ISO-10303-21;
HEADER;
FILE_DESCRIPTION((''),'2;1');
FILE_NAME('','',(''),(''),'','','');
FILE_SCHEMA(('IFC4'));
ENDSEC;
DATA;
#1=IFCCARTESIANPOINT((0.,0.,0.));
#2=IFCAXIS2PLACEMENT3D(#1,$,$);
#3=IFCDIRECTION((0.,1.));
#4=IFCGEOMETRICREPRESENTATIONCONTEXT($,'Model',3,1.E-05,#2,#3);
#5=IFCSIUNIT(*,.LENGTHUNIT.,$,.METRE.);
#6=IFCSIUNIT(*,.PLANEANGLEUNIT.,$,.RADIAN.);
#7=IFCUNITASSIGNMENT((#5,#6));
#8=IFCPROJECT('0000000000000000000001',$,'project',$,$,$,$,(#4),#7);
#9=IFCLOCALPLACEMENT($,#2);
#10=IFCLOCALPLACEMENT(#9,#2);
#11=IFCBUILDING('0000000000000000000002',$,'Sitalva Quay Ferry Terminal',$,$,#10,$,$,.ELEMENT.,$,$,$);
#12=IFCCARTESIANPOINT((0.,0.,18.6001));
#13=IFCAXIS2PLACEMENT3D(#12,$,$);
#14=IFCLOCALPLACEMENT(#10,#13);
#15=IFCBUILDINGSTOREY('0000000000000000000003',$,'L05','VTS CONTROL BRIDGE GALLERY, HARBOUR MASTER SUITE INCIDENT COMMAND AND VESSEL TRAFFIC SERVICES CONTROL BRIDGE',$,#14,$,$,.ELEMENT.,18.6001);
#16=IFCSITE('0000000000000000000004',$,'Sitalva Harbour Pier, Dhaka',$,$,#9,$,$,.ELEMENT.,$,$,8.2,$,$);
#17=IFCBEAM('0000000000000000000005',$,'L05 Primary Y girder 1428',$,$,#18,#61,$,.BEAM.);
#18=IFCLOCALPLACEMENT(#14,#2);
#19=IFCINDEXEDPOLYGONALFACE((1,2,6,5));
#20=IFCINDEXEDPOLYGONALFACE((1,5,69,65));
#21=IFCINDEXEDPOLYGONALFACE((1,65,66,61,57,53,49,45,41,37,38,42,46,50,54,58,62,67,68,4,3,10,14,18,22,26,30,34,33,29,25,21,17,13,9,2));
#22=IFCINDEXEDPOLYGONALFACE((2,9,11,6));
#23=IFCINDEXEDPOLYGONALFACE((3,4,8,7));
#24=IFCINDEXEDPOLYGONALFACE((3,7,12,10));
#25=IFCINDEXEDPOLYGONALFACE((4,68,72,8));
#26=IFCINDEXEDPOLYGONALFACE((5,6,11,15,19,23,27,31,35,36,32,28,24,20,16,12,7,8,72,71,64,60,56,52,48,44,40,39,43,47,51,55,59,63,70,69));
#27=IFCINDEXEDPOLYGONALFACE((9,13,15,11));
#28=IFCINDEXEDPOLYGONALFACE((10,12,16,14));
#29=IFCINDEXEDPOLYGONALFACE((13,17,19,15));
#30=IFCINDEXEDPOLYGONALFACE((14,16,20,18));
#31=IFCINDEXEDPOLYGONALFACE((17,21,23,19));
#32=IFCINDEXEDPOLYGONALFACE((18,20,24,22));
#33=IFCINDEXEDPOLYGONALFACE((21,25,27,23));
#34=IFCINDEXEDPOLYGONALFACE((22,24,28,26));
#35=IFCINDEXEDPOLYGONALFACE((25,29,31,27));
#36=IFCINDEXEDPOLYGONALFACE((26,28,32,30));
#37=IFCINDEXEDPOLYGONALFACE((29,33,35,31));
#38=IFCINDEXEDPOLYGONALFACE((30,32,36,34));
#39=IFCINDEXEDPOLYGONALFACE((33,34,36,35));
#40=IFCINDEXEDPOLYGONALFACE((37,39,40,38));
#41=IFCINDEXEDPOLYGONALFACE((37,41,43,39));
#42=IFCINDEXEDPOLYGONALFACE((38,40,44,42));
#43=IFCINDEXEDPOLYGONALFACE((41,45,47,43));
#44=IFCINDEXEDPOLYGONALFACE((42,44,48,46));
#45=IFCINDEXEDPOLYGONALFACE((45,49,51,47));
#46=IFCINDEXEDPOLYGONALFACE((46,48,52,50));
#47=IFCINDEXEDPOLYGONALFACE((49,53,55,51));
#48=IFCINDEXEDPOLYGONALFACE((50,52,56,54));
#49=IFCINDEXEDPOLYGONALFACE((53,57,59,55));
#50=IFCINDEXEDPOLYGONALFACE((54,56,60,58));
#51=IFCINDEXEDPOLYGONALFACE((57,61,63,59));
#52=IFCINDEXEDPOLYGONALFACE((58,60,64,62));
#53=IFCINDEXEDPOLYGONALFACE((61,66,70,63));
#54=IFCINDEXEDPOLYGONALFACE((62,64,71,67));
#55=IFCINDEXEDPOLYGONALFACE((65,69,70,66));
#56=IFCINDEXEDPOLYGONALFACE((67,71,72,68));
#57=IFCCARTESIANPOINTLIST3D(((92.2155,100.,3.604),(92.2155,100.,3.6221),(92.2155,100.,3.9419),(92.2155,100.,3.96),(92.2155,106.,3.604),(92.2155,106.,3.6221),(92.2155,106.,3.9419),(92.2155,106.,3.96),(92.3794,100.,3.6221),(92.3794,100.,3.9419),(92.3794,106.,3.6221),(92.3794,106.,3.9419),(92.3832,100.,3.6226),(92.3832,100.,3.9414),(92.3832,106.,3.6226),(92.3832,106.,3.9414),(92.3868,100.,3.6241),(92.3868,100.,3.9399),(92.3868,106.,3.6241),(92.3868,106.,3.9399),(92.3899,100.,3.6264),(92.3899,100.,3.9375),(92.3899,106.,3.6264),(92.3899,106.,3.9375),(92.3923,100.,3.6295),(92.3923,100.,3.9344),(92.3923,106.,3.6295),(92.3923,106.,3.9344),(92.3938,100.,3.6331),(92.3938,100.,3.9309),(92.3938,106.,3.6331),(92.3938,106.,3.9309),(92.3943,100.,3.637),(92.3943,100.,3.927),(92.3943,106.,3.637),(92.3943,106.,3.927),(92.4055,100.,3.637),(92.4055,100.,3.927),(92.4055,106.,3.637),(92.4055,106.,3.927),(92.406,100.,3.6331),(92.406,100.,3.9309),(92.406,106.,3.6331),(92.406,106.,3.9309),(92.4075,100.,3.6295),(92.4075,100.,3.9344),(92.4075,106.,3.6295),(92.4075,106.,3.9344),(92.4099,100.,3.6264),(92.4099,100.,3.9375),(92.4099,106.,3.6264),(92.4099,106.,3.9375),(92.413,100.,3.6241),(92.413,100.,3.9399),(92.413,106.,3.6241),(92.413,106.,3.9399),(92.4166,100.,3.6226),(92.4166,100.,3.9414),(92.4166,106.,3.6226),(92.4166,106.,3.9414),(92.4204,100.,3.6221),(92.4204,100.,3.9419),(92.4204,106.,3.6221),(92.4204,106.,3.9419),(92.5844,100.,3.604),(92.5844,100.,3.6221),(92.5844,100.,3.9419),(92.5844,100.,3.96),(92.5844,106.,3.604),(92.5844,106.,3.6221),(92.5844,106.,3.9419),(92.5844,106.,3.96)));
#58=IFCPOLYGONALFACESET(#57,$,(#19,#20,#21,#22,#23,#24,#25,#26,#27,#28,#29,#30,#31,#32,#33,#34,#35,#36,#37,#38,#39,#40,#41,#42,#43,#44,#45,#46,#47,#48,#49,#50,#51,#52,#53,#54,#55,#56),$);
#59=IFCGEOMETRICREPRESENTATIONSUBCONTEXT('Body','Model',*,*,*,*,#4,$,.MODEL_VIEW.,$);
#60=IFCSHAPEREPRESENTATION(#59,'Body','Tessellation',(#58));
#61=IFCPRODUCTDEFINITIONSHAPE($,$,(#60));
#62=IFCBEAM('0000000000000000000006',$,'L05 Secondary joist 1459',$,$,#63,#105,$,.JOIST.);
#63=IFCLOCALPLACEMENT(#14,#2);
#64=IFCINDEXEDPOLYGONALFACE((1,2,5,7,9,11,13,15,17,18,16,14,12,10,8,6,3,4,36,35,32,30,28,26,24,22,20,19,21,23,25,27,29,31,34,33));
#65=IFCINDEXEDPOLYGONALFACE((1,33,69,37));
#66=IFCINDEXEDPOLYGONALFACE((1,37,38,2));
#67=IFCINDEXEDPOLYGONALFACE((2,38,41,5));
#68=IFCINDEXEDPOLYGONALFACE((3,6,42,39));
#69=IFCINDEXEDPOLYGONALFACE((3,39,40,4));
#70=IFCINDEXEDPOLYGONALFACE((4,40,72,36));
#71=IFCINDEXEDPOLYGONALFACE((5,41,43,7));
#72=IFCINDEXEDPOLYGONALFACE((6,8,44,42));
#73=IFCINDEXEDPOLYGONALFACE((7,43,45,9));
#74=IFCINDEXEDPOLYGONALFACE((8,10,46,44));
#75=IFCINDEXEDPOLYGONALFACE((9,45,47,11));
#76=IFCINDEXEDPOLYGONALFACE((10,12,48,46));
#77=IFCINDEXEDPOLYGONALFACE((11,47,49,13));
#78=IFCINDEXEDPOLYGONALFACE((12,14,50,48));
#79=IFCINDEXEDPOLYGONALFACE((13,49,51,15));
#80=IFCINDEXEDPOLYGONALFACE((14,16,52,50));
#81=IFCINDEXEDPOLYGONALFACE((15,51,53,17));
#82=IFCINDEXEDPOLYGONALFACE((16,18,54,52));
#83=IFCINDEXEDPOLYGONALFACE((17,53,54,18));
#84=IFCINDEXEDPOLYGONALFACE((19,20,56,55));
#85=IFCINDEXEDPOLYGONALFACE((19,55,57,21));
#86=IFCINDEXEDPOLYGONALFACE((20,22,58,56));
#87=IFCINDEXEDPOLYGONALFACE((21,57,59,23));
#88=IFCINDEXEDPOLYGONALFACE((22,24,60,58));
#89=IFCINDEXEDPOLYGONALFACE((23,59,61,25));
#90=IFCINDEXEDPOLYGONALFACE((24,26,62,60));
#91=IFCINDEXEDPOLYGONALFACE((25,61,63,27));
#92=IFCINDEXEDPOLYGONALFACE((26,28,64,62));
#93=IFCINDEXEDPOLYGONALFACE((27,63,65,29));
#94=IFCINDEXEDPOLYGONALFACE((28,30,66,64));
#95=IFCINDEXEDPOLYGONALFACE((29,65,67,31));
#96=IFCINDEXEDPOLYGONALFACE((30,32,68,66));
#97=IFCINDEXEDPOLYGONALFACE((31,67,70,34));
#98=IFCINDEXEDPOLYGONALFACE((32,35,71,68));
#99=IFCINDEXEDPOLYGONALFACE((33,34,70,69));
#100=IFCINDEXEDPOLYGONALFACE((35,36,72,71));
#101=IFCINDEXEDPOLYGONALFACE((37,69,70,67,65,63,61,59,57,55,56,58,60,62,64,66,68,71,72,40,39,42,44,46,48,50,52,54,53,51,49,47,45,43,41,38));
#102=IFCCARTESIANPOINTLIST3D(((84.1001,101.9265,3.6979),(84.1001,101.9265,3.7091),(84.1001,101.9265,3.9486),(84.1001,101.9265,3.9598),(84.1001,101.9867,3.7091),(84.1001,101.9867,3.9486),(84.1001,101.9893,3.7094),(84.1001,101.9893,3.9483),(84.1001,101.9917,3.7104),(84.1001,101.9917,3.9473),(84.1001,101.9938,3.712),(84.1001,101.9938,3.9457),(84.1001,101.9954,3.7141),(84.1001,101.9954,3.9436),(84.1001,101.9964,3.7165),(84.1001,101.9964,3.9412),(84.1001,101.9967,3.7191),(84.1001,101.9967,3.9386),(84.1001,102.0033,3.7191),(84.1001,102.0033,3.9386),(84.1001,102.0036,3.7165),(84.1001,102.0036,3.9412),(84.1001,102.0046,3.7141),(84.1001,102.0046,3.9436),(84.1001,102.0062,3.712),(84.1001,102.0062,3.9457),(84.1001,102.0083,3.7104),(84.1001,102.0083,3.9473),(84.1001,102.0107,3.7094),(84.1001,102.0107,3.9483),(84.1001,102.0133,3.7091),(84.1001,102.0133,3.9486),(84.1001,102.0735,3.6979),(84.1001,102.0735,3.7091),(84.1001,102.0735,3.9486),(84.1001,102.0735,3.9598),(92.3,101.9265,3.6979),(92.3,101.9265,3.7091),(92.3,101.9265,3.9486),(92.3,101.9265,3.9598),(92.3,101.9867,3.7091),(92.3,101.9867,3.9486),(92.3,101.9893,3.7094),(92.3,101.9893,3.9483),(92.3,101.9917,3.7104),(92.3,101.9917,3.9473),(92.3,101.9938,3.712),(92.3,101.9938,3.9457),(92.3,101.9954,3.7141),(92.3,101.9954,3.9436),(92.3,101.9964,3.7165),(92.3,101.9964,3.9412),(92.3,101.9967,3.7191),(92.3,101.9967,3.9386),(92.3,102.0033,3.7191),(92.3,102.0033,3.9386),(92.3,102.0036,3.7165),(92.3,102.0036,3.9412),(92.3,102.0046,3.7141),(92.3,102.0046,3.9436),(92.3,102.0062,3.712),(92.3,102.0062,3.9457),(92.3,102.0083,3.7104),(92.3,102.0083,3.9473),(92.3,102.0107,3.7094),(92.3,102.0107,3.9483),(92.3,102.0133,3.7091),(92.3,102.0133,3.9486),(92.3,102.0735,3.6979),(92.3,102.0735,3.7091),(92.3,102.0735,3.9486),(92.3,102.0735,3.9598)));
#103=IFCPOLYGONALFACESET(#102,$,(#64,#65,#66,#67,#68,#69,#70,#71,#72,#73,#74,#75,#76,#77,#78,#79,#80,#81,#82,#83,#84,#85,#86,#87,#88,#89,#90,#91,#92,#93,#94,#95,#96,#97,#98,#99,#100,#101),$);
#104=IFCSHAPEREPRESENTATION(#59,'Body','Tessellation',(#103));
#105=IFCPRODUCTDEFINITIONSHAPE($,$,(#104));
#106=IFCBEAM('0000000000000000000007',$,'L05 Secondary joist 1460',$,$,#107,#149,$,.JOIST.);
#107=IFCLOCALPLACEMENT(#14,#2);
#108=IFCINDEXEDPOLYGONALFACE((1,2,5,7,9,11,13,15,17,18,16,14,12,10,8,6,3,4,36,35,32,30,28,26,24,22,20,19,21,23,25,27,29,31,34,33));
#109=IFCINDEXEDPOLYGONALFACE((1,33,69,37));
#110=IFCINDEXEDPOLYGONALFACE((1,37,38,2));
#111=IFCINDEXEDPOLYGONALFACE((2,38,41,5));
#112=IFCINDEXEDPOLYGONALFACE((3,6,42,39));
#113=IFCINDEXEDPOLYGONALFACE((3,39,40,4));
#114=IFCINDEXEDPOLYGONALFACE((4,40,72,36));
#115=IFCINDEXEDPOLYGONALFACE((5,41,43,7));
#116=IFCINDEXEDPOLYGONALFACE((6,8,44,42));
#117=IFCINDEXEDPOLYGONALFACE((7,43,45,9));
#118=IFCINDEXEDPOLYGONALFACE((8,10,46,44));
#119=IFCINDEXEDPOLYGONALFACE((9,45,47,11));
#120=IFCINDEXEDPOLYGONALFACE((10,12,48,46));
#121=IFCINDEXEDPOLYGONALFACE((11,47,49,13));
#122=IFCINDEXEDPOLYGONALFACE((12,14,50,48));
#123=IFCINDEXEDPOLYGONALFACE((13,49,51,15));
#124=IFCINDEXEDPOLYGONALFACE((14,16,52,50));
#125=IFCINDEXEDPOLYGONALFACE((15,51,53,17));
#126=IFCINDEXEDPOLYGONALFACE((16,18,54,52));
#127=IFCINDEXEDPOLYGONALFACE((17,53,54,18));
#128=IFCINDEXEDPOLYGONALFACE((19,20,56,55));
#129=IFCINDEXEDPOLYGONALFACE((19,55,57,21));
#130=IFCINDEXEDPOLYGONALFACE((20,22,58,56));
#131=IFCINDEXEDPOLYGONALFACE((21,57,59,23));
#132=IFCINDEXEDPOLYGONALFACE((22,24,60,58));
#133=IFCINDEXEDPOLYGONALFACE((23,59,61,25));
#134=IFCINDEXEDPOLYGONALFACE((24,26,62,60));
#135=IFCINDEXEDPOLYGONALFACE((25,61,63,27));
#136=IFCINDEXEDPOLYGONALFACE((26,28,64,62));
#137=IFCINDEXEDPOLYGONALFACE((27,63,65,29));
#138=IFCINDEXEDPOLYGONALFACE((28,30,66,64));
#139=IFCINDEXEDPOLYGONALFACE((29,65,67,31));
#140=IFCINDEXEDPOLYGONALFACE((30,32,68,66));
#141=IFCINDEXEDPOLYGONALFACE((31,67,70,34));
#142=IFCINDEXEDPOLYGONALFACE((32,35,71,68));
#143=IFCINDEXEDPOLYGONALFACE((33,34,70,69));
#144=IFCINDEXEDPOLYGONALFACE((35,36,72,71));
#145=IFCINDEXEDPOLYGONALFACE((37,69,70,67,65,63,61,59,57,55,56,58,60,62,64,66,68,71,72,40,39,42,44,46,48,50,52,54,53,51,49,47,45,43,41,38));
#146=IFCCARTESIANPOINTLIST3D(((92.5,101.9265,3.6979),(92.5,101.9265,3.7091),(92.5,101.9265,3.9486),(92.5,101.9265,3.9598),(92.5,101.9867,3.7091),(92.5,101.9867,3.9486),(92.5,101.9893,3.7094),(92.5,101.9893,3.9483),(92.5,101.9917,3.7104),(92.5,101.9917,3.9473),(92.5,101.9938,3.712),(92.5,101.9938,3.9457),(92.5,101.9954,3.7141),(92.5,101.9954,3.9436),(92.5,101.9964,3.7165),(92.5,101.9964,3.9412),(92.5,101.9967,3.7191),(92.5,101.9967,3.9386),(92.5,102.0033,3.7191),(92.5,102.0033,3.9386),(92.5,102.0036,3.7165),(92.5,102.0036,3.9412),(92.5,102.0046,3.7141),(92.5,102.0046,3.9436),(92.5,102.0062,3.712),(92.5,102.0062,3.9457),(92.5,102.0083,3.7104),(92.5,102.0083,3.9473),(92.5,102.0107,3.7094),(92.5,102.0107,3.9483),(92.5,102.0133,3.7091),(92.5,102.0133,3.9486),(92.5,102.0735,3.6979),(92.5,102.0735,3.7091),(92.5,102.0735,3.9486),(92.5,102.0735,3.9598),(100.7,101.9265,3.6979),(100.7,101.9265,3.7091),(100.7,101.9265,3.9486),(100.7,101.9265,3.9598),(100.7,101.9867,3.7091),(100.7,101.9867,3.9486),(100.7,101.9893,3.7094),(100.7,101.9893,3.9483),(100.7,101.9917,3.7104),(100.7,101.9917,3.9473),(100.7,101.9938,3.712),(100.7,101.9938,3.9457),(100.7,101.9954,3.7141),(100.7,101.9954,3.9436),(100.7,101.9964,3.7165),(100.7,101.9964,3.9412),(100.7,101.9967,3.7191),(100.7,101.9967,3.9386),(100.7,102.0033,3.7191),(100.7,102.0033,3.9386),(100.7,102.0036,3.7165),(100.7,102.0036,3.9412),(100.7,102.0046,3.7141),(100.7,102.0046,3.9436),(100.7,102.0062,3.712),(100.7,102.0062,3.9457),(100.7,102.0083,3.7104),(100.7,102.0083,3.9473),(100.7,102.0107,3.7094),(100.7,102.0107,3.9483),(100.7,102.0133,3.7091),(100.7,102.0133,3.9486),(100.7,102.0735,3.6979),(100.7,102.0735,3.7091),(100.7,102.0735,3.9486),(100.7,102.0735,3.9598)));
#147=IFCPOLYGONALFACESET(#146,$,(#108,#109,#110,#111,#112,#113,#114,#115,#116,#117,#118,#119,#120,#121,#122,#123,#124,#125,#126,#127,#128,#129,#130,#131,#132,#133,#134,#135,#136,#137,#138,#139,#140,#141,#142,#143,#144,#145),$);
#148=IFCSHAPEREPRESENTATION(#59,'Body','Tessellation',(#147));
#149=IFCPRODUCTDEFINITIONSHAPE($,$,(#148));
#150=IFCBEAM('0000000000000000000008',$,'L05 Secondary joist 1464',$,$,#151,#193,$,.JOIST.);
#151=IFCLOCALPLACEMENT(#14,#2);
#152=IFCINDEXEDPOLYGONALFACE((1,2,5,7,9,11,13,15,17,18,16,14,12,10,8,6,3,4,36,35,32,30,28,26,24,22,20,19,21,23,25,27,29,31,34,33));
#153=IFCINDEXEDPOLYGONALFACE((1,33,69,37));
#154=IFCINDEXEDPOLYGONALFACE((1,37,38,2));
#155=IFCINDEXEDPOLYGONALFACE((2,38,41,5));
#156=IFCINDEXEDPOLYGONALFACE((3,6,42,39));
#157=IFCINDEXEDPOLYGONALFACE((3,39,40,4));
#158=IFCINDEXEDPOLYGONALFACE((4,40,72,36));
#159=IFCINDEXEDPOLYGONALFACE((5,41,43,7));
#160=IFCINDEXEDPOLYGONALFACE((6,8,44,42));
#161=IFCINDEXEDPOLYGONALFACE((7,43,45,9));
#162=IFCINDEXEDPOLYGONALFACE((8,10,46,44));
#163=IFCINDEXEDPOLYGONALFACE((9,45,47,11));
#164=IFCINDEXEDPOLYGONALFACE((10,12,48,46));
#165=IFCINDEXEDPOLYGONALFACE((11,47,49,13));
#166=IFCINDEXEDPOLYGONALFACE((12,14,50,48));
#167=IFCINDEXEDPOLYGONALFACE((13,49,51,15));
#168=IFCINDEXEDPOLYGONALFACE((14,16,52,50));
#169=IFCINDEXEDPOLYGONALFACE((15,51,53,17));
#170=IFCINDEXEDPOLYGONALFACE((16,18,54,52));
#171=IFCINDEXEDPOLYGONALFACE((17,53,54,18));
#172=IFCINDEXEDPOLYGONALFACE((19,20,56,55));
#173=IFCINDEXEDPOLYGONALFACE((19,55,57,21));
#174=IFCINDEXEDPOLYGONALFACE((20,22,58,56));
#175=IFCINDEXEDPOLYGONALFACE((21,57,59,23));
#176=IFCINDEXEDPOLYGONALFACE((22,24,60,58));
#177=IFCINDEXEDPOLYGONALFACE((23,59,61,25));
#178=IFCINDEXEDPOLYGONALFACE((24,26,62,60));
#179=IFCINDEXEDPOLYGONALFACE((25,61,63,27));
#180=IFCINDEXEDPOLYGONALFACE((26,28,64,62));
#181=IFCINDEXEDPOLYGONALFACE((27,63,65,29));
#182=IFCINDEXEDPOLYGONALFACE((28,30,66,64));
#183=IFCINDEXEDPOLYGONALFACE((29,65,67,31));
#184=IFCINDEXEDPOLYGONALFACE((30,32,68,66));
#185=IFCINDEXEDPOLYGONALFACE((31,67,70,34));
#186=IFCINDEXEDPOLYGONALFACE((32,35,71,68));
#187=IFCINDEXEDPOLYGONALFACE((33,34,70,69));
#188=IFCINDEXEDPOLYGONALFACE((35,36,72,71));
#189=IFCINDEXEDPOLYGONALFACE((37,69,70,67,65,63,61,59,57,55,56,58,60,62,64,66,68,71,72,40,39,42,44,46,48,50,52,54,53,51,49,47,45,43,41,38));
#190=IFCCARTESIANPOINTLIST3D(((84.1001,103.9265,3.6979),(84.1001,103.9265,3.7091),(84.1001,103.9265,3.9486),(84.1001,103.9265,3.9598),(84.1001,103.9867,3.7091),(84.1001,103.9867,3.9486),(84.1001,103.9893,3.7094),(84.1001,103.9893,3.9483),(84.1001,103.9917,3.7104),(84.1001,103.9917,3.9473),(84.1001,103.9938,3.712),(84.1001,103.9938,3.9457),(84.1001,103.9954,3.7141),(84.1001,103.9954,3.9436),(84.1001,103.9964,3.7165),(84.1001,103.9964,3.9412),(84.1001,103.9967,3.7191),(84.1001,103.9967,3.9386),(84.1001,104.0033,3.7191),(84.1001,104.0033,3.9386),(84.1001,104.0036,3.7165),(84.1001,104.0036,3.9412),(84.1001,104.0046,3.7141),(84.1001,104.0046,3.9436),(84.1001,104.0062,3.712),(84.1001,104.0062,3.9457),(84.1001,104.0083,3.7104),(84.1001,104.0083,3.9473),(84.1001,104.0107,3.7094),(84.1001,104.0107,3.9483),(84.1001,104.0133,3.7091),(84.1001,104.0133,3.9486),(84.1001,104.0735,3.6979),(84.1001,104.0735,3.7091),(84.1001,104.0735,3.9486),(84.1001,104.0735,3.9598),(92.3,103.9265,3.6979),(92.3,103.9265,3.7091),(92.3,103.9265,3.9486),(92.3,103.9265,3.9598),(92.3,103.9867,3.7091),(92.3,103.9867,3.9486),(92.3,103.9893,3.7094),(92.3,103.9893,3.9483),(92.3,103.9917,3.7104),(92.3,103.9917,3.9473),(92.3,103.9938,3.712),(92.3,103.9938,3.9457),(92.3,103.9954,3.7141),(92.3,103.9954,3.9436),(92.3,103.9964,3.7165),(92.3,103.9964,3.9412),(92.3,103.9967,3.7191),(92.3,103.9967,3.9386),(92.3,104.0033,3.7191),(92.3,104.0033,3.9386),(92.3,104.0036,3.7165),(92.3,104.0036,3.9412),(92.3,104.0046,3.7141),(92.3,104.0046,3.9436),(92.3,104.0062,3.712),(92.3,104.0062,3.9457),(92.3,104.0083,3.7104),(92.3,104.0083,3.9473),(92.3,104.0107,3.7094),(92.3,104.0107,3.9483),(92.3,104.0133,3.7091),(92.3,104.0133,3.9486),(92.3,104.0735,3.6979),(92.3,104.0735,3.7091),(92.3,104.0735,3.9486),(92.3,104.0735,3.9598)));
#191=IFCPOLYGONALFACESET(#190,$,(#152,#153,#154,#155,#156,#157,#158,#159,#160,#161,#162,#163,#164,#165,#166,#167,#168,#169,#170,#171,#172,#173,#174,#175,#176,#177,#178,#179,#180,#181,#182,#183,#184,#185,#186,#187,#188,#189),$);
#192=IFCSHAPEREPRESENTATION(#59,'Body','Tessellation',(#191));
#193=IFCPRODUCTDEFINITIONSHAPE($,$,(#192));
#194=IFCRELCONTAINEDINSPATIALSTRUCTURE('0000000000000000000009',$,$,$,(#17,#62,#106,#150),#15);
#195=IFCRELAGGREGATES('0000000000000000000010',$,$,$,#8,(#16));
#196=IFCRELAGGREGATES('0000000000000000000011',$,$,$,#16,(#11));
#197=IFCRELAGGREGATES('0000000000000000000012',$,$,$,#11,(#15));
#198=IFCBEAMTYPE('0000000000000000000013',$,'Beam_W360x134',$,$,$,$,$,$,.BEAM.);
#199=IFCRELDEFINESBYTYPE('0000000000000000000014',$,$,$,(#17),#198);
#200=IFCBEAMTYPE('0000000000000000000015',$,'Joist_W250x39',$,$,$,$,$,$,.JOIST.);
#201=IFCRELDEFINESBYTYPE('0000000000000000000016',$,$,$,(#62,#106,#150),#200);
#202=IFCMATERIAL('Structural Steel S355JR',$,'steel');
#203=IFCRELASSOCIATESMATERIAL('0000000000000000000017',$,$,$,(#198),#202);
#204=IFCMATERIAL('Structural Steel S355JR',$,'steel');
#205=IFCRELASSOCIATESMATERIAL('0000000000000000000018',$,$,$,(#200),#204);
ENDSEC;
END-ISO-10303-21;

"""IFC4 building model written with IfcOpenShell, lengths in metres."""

from ifc_helpers import new_model, si_unit, direction, frame, origin, origin_2d, place, context, subcontext, project, spatial, i_section, extrude, material, material_profile, profile_set, type_object, element, save


model = new_model("IFC4")

# Units and contexts
model_context = context("Model", 3, precision=1e-05, world=origin(), true_north=direction((0.0, 1.0)))
body_context = subcontext(model_context, "Body", "Model", "MODEL_VIEW")
ifc_project = project(units=[si_unit("LENGTHUNIT", "METRE"), si_unit("PLANEANGLEUNIT", "RADIAN")], contexts=[model_context])

# Site, building, storey
site_placement = place(None, origin())
site = spatial("IfcSite", under=ifc_project, at=site_placement, Name="Sitalva Harbour Pier, Dhaka", CompositionType="ELEMENT", RefElevation=8.2)
building_placement = place(site_placement, origin())
building = spatial("IfcBuilding", under=site, at=building_placement, Name="Sitalva Quay Ferry Terminal", CompositionType="ELEMENT")
storey_placement = place(building_placement, frame((0.0, 0.0, 18.6001)))
storey = spatial("IfcBuildingStorey", under=building, at=storey_placement, Name="L05", Description="VTS CONTROL BRIDGE GALLERY, HARBOUR MASTER SUITE INCIDENT COMMAND AND VESSEL TRAFFIC SERVICES CONTROL BRIDGE", CompositionType="ELEMENT", Elevation=18.6001)

# Beams
ifc_material_1 = material(Name="Structural Steel S355JR", Category="steel")
ifc_material_profile_1 = material_profile(ifc_material_1, i_section(OverallWidth=0.3689, OverallDepth=0.356, WebThickness=0.0112, FlangeThickness=0.0181, FilletRadius=0.0149, at=origin_2d()), Name="W360x134")
ifc_profile_set_1 = profile_set([ifc_material_profile_1], Name="Structural Steel S355JR")
beam_type_1 = type_object("IfcBeamType", Name="Beam_W360x134", PredefinedType="BEAM", material=ifc_profile_set_1)
beam_placement = place(storey_placement, frame((92.3999, 100.0, 3.782), z_axis=(0.0, 1.0, 0.0), x_axis=(-1.0, 0.0, 0.0)))
element("IfcBeam", 1, at=beam_placement, inside=storey, type_object=beam_type_1, Name="L05 Primary Y girder 1428", PredefinedType="BEAM", context=body_context, shape_type="SweptSolid", body=[
    extrude(i_section(OverallWidth=0.3689, OverallDepth=0.356, WebThickness=0.0112, FlangeThickness=0.0181, FilletRadius=0.0149, at=origin_2d()), origin(), (0.0, 0.0, 1.0), 6.0),
])
ifc_material_2 = material(Name="Structural Steel S355JR", Category="steel")
ifc_material_profile_2 = material_profile(ifc_material_2, i_section(OverallWidth=0.147, OverallDepth=0.262, WebThickness=0.0066, FlangeThickness=0.0112, FilletRadius=0.01, at=origin_2d()), Name="W250x39")
ifc_profile_set_2 = profile_set([ifc_material_profile_2], Name="Structural Steel S355JR")
beam_type_2 = type_object("IfcBeamType", Name="Joist_W250x39", PredefinedType="JOIST", material=ifc_profile_set_2)
for number, where, z_axis, x_axis, name in (
    (2, (84.1001, 102.0, 3.8289), (1.0, 0.0, 0.0), (0.0, 1.0, 0.0), "L05 Secondary joist 1459"),
    (3, (92.5, 102.0, 3.8289), (1.0, 0.0, 0.0), (0.0, 1.0, 0.0), "L05 Secondary joist 1460"),
    (4, (84.1001, 104.0, 3.8289), (1.0, 0.0, 0.0), (0.0, 1.0, 0.0), "L05 Secondary joist 1464"),
):
    element("IfcBeam", number, at=place(storey_placement, frame(where, z_axis=z_axis, x_axis=x_axis)), inside=storey, type_object=beam_type_2, Name=name, PredefinedType="JOIST", context=body_context, shape_type="SweptSolid", body=[
        extrude(i_section(OverallWidth=0.147, OverallDepth=0.262, WebThickness=0.0066, FlangeThickness=0.0112, FilletRadius=0.01, at=origin_2d()), origin(), (0.0, 0.0, 1.0), 8.2),
    ])

save(model, "model.ifc")
